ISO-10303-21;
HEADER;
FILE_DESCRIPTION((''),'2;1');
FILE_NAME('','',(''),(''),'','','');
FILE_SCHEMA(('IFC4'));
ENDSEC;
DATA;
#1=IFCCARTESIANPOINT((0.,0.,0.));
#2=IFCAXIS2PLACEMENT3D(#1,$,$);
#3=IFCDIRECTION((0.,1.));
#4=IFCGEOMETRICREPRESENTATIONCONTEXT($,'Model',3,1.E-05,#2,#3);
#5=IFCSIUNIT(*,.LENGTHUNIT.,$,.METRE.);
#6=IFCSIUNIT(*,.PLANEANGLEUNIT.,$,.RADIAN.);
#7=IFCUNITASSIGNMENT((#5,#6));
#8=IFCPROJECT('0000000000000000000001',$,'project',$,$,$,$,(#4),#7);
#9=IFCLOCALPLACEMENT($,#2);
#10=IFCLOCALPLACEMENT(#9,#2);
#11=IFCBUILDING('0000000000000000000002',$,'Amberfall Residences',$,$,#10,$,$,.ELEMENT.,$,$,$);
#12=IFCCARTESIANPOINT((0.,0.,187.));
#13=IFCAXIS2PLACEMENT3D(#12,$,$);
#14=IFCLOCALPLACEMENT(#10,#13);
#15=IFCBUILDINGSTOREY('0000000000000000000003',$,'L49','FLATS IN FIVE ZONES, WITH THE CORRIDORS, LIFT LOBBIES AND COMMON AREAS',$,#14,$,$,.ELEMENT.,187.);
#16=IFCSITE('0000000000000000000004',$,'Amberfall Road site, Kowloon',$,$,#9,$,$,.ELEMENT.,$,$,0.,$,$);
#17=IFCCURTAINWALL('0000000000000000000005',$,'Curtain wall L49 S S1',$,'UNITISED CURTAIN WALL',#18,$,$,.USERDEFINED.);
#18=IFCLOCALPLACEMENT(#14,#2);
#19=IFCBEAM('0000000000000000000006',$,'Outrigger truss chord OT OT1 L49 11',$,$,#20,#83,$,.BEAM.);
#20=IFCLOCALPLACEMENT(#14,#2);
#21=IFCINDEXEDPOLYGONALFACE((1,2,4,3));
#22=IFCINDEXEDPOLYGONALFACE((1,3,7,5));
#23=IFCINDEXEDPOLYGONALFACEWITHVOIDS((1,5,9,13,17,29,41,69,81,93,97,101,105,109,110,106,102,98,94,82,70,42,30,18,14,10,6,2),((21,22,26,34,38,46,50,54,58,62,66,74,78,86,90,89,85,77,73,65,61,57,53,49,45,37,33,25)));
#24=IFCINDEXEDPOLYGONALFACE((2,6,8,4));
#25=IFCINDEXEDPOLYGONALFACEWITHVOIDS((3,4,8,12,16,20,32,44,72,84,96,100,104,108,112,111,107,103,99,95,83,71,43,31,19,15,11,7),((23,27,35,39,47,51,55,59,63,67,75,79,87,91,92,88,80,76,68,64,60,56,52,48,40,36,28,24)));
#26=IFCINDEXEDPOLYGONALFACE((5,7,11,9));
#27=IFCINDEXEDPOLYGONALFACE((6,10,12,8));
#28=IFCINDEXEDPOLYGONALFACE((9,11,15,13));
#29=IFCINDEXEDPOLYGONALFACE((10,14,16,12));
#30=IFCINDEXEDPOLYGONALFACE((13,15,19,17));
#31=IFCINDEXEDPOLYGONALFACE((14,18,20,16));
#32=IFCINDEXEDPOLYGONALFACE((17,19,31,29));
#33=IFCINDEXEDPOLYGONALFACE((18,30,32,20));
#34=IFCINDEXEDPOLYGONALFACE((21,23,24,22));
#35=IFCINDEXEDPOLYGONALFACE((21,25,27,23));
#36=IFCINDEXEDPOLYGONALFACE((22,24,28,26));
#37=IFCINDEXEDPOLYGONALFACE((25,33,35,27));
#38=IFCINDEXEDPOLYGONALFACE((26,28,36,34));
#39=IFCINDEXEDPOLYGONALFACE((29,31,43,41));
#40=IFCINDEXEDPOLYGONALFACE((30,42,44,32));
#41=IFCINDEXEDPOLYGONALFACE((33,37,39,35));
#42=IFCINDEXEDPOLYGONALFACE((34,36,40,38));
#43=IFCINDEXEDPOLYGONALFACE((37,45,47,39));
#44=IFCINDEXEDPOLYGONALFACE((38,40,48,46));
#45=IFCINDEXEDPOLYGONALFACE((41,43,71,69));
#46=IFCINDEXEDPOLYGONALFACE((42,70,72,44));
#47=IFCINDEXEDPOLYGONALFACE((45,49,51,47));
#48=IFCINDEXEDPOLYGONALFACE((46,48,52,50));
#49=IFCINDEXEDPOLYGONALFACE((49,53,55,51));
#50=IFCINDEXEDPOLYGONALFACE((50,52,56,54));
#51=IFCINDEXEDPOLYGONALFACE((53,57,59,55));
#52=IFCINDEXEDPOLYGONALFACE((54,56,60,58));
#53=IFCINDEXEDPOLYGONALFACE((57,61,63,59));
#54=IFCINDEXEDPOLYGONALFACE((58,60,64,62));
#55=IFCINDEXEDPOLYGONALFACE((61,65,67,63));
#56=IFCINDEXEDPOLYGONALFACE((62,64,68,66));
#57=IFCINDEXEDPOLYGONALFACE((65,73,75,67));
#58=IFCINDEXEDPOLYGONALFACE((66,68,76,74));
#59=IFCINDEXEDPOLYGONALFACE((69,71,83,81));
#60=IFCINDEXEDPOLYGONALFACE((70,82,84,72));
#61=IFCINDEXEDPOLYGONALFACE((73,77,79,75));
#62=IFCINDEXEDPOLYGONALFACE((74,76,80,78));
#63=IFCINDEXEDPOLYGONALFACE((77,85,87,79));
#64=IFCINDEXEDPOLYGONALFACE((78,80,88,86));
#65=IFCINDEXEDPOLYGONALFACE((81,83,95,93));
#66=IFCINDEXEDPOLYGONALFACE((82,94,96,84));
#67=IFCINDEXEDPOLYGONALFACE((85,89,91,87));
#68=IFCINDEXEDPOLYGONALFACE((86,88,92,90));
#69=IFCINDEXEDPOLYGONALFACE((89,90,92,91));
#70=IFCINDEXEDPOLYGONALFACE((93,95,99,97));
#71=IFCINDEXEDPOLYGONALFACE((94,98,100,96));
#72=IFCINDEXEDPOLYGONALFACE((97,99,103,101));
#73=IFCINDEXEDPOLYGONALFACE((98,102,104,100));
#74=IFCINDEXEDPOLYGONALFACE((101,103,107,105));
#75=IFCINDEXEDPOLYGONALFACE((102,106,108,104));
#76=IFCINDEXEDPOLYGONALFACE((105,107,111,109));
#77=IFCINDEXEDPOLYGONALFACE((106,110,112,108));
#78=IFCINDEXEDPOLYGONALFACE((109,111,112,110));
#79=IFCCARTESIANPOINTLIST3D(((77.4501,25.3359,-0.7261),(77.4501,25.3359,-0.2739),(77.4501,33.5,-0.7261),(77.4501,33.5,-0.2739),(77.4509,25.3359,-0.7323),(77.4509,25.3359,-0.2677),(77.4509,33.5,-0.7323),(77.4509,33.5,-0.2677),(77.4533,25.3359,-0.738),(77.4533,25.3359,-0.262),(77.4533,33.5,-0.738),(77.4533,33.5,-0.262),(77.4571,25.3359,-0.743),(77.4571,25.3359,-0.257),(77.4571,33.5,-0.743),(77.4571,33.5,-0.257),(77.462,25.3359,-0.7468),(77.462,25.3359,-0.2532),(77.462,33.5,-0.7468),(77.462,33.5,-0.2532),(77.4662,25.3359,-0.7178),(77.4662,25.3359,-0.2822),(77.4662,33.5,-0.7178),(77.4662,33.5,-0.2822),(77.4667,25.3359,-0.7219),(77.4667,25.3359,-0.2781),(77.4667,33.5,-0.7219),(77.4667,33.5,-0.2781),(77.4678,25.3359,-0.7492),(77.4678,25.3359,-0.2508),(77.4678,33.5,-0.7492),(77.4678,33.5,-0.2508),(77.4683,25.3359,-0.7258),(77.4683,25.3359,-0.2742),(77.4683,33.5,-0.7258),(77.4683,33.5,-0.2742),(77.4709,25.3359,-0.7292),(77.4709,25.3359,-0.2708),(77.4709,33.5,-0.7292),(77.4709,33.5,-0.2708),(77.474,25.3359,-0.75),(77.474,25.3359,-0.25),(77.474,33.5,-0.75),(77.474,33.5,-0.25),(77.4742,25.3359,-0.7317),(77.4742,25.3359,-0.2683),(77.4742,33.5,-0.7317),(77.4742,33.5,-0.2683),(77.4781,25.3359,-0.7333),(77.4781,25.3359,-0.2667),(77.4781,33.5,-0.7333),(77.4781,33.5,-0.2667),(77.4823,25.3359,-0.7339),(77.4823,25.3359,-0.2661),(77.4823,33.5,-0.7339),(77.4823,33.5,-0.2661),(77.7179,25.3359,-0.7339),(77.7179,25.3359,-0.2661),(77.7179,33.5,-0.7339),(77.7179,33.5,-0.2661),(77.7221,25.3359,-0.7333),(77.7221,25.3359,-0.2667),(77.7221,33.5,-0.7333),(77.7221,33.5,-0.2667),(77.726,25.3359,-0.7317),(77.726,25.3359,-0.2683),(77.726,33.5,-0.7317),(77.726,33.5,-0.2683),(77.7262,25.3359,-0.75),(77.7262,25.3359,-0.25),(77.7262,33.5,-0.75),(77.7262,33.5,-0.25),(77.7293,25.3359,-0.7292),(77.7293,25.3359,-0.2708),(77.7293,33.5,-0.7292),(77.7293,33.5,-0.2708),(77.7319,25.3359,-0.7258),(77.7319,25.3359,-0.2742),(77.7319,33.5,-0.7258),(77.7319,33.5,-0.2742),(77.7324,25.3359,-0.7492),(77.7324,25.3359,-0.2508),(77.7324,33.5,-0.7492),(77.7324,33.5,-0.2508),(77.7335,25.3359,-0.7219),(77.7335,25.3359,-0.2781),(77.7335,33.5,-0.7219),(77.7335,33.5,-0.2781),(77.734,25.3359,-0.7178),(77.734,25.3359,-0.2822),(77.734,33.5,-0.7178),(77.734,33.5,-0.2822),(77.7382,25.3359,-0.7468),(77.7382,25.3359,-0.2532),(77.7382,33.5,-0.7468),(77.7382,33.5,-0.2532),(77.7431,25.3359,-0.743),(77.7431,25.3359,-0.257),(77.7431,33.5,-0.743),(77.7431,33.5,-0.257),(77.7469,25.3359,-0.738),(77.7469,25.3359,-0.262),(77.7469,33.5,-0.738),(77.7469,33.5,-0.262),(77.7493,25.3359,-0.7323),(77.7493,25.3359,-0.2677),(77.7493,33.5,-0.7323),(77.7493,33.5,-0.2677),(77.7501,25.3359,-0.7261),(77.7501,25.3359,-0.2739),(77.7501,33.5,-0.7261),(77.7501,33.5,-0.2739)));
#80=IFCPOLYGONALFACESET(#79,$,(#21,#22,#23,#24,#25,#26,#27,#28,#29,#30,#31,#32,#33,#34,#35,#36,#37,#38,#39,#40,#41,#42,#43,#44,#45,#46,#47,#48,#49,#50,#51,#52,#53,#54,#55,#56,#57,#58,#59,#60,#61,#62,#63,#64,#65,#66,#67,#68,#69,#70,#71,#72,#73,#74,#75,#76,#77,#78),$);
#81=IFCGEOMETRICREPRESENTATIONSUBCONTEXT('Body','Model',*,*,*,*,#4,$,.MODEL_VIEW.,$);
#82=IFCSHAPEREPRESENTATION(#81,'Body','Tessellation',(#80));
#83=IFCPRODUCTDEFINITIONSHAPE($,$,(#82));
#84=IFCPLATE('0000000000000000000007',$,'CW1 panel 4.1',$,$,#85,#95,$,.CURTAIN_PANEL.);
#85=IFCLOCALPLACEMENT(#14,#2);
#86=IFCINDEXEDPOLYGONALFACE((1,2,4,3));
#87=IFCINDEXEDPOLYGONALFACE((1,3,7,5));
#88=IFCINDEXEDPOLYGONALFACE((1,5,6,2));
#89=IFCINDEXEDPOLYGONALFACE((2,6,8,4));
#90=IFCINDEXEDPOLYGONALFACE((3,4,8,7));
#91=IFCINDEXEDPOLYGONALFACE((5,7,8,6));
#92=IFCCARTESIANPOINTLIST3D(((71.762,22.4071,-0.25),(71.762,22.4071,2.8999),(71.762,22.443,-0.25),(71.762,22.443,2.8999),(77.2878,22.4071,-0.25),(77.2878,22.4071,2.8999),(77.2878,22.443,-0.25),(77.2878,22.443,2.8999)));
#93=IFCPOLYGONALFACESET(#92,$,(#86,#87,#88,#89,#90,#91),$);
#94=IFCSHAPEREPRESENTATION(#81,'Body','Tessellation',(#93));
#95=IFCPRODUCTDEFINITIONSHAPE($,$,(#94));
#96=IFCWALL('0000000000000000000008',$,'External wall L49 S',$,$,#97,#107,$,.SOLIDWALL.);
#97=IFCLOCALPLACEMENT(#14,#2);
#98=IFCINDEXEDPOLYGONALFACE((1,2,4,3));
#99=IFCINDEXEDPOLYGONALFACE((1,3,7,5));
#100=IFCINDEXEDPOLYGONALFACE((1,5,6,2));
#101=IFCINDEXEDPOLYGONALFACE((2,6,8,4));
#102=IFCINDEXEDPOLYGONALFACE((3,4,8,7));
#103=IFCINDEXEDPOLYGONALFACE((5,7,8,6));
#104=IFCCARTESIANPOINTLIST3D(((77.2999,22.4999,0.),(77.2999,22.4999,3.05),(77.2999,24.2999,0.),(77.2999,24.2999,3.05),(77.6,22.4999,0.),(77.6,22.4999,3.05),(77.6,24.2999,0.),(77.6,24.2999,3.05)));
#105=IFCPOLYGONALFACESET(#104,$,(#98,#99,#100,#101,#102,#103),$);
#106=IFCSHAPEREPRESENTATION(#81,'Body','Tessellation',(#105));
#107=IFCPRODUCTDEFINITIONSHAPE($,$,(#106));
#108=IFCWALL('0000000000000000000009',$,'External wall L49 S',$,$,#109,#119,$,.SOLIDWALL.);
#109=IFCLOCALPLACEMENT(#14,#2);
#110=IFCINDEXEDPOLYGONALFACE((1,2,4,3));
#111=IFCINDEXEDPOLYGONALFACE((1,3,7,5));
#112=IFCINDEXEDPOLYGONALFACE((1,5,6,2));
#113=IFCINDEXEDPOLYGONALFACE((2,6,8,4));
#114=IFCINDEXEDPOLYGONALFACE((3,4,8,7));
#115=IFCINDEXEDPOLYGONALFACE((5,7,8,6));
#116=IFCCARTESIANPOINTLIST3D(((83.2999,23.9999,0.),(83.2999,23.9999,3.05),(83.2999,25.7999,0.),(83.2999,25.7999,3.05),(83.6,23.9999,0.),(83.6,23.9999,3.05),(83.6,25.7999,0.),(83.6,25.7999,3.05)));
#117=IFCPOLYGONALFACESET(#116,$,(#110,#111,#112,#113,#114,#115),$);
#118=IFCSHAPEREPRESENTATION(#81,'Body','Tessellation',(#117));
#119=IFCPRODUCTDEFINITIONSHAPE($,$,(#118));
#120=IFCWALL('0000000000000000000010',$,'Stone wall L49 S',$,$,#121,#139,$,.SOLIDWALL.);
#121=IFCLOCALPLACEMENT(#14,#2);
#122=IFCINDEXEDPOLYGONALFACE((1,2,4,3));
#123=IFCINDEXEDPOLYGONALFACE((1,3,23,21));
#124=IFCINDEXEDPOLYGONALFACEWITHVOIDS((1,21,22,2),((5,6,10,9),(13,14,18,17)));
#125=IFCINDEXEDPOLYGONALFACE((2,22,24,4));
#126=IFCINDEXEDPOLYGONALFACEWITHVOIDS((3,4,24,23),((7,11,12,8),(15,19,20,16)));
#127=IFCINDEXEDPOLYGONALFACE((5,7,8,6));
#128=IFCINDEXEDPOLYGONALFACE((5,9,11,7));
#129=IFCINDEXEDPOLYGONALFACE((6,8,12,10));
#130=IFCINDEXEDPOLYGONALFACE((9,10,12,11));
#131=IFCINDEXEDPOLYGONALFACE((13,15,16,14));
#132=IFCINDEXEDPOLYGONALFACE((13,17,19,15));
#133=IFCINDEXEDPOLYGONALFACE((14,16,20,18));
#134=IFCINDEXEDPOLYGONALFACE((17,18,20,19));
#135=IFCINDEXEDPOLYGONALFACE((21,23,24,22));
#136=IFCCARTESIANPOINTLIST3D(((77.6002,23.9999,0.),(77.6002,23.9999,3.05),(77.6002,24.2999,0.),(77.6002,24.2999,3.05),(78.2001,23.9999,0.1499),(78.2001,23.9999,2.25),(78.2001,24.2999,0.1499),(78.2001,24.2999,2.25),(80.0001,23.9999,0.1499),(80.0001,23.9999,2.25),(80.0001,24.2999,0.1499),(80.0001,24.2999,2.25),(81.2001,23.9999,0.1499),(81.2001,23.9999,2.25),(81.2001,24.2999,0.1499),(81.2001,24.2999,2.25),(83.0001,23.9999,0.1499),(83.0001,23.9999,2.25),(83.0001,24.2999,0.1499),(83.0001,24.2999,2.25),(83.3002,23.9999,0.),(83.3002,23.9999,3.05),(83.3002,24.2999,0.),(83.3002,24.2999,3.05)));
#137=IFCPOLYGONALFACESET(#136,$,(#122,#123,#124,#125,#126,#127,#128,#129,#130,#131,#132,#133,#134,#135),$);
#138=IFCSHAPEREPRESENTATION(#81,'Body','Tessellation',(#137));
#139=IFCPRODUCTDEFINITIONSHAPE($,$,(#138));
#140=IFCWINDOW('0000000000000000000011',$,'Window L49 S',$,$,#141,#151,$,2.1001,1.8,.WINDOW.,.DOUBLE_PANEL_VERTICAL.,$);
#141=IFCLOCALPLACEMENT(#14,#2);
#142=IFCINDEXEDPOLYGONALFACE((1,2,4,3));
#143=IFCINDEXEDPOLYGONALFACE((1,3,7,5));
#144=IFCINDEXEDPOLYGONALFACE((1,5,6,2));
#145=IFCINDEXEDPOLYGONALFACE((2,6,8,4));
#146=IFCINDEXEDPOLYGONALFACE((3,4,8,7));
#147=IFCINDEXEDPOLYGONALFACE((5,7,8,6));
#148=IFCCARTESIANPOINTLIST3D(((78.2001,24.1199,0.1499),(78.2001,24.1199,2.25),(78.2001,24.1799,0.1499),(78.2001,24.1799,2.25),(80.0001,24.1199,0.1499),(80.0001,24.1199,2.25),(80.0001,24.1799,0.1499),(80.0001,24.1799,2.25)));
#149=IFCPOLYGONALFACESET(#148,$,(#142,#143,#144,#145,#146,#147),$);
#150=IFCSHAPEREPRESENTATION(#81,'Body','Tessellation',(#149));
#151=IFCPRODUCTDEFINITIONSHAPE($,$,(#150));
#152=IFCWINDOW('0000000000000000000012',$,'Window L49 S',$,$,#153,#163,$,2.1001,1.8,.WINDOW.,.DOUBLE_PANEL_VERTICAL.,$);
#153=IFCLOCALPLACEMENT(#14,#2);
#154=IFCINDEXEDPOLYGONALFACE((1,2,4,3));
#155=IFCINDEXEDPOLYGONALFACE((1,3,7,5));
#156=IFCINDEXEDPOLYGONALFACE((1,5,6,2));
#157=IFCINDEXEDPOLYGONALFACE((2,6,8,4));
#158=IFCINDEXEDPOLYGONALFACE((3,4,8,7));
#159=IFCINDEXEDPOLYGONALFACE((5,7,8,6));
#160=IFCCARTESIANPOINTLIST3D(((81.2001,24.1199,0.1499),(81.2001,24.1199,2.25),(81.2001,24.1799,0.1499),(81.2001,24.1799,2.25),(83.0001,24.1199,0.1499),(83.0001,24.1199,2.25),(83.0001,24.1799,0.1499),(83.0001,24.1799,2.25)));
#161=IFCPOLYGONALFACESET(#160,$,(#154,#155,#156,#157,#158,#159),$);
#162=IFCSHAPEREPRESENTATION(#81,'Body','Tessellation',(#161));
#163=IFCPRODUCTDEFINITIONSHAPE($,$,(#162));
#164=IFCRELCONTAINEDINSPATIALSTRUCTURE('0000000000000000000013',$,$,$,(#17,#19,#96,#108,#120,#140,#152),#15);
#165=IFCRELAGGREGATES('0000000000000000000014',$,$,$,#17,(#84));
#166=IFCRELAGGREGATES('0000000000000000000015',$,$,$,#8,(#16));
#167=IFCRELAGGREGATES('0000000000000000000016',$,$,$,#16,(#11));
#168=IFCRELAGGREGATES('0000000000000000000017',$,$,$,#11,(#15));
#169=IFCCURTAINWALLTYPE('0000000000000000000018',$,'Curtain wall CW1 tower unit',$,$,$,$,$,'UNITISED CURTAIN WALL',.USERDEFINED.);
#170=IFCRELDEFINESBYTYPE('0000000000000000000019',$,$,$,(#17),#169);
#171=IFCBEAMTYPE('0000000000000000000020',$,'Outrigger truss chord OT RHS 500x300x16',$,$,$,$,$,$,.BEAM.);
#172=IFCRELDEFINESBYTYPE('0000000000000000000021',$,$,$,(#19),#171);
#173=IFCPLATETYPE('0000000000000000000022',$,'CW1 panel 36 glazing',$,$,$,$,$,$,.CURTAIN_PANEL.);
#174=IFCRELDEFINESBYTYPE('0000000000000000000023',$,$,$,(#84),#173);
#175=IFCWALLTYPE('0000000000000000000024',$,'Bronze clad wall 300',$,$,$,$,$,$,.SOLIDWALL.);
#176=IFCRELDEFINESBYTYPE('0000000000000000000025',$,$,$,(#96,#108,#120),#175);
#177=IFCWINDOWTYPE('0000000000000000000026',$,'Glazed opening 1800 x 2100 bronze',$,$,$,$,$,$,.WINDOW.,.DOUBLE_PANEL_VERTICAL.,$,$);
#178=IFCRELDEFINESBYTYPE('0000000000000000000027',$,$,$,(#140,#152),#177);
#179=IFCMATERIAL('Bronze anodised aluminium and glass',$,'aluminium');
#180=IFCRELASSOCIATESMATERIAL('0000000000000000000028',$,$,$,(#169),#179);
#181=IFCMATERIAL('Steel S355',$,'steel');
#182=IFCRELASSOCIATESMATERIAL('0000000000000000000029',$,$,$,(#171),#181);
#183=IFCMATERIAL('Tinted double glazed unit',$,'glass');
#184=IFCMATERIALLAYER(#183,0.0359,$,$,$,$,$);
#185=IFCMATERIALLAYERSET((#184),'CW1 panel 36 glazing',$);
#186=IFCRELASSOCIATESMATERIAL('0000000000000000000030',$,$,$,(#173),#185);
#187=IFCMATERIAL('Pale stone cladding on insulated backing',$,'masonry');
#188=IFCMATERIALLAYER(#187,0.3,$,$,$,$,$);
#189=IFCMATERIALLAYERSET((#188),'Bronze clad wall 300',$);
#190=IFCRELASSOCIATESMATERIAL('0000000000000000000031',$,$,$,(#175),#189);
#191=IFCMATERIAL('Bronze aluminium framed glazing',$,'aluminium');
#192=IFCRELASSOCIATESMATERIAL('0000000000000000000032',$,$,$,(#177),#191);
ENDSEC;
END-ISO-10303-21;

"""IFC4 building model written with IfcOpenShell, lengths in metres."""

from ifc_helpers import new_model, si_unit, direction, frame, frame_2d, origin, origin_2d, place, context, subcontext, project, spatial, rectangle, hollow_rectangle, extrude, material, layer, layer_set, material_profile, profile_set, type_object, element, fill, aggregate, save


model = new_model("IFC4")

# Units and contexts
model_context = context("Model", 3, precision=1e-05, world=origin(), true_north=direction((0.0, 1.0)))
body_context = subcontext(model_context, "Body", "Model", "MODEL_VIEW")
ifc_project = project(units=[si_unit("LENGTHUNIT", "METRE"), si_unit("PLANEANGLEUNIT", "RADIAN")], contexts=[model_context])

# Site, building, storey
site_placement = place(None, origin())
site = spatial("IfcSite", under=ifc_project, at=site_placement, Name="Amberfall Road site, Kowloon", CompositionType="ELEMENT", RefElevation=0.0)
building_placement = place(site_placement, origin())
building = spatial("IfcBuilding", under=site, at=building_placement, Name="Amberfall Residences", CompositionType="ELEMENT")
storey_placement = place(building_placement, frame((0.0, 0.0, 187.0)))
storey = spatial("IfcBuildingStorey", under=building, at=storey_placement, Name="L49", Description="FLATS IN FIVE ZONES, WITH THE CORRIDORS, LIFT LOBBIES AND COMMON AREAS", CompositionType="ELEMENT", Elevation=187.0)

# Shared definitions
ifc_material_1 = material(Name="Steel S355", Category="steel")

# Curtain wall
ifc_material_2 = material(Name="Bronze anodised aluminium and glass", Category="aluminium")
curtain_wall_type = type_object("IfcCurtainWallType", Name="Curtain wall CW1 tower unit", ElementType="UNITISED CURTAIN WALL", PredefinedType="USERDEFINED", material=ifc_material_2)
curtain_wall_placement = place(storey_placement, origin())
curtain_wall = element("IfcCurtainWall", 1, at=curtain_wall_placement, inside=storey, type_object=curtain_wall_type, Name="Curtain wall L49 S S1", ObjectType="UNITISED CURTAIN WALL", PredefinedType="USERDEFINED")

# Beam
ifc_material_profile_1 = material_profile(ifc_material_1, hollow_rectangle(XDim=0.3, YDim=0.5, WallThickness=0.0161, InnerFilletRadius=0.0161, OuterFilletRadius=0.0239, at=origin_2d()), Name="RHS 500x300x16")
ifc_profile_set_1 = profile_set([ifc_material_profile_1], Name="Steel S355")
beam_type_1 = type_object("IfcBeamType", Name="Outrigger truss chord OT RHS 500x300x16", PredefinedType="BEAM", material=ifc_profile_set_1)
beam_1_placement = place(storey_placement, frame((77.6001, 25.3359, -0.5), z_axis=(0.0, 1.0, 0.0), x_axis=(-1.0, 0.0, 0.0)))
element("IfcBeam", 2, at=beam_1_placement, inside=storey, type_object=beam_type_1, Name="Outrigger truss chord OT OT1 L49 11", PredefinedType="BEAM", context=body_context, shape_type="SweptSolid", body=[
    extrude(hollow_rectangle(XDim=0.3, YDim=0.5, WallThickness=0.0161, InnerFilletRadius=0.0161, OuterFilletRadius=0.0239, at=origin_2d()), origin(), (0.0, 0.0, 1.0), 8.1641),
])

# Plate
ifc_material_3 = material(Name="Tinted double glazed unit", Category="glass")
ifc_layer_1 = layer(ifc_material_3, 0.0359)
ifc_layer_set_1 = layer_set([ifc_layer_1], Name="CW1 panel 36 glazing")
plate_type = type_object("IfcPlateType", Name="CW1 panel 36 glazing", PredefinedType="CURTAIN_PANEL", material=ifc_layer_set_1)
plate_placement = place(storey_placement, frame((74.5249, 22.425, -0.25), z_axis=(0.0, 0.0, 1.0), x_axis=(1.0, 0.0, 0.0)))
plate = element("IfcPlate", 3, at=plate_placement, type_object=plate_type, Name="CW1 panel 4.1", PredefinedType="CURTAIN_PANEL", context=body_context, shape_type="SweptSolid", body=[
    extrude(rectangle(XDim=5.5259, YDim=0.0359, at=origin_2d()), origin(), (0.0, 0.0, 1.0), 3.1499),
])
aggregate(curtain_wall, [plate])

# Walls
ifc_material_4 = material(Name="Pale stone cladding on insulated backing", Category="masonry")
ifc_layer_2 = layer(ifc_material_4, 0.3)
ifc_layer_set_2 = layer_set([ifc_layer_2], Name="Bronze clad wall 300")
wall_type_1 = type_object("IfcWallType", Name="Bronze clad wall 300", PredefinedType="SOLIDWALL", material=ifc_layer_set_2)
for number, where, z_axis, x_axis, name in (
    (4, (77.45, 22.5, 0.0), (0.0, 0.0, 1.0), (0.0, 1.0, 0.0), "External wall L49 S"),
    (5, (83.45, 24.0, 0.0), (0.0, 0.0, 1.0), (0.0, 1.0, 0.0), "External wall L49 S"),
):
    element("IfcWall", number, at=place(storey_placement, frame(where, z_axis=z_axis, x_axis=x_axis)), inside=storey, type_object=wall_type_1, Name=name, PredefinedType="SOLIDWALL", context=body_context, shape_type="SweptSolid", body=[
        extrude(rectangle(XDim=1.8, YDim=0.3, at=frame_2d((0.8999, 0.0))), origin(), (0.0, 0.0, 1.0), 3.05),
    ])

# Wall, openings, windows
wall_1_placement = place(storey_placement, frame((77.6001, 24.1499, 0.0), z_axis=(0.0, 0.0, 1.0), x_axis=(1.0, 0.0, 0.0)))
wall_1 = element("IfcWall", 6, at=wall_1_placement, inside=storey, type_object=wall_type_1, Name="Stone wall L49 S", PredefinedType="SOLIDWALL", context=body_context, shape_type="SweptSolid", body=[
    extrude(rectangle(XDim=5.7, YDim=0.3, at=frame_2d((2.8501, 0.0))), origin(), (0.0, 0.0, 1.0), 3.05),
])
opening_1_placement = place(wall_1_placement, frame((0.6001, 0.0, 0.1499)))
opening_1 = element("IfcOpeningElement", 7, at=opening_1_placement, cuts=wall_1, PredefinedType="OPENING", context=body_context, shape_type="SweptSolid", body=[
    extrude(rectangle(XDim=1.8, YDim=2.1001, at=frame_2d((0.8999, 1.05))), frame((0.0, 0.1599, 0.0), z_axis=(0.0, -1.0, 0.0), x_axis=(1.0, 0.0, 0.0)), (0.0, 0.0, 1.0), 0.3201),
])
opening_2_placement = place(wall_1_placement, frame((3.6001, 0.0, 0.1499)))
opening_2 = element("IfcOpeningElement", 8, at=opening_2_placement, cuts=wall_1, PredefinedType="OPENING", context=body_context, shape_type="SweptSolid", body=[
    extrude(rectangle(XDim=1.8, YDim=2.1001, at=frame_2d((0.8999, 1.05))), frame((0.0, 0.1599, 0.0), z_axis=(0.0, -1.0, 0.0), x_axis=(1.0, 0.0, 0.0)), (0.0, 0.0, 1.0), 0.3201),
])
ifc_material_5 = material(Name="Bronze aluminium framed glazing", Category="aluminium")
window_type = type_object("IfcWindowType", Name="Glazed opening 1800 x 2100 bronze", PartitioningType="DOUBLE_PANEL_VERTICAL", PredefinedType="WINDOW", material=ifc_material_5)
window_1_placement = place(opening_1_placement, origin())
window_1 = element("IfcWindow", 9, at=window_1_placement, inside=storey, type_object=window_type, Name="Window L49 S", OverallHeight=2.1001, OverallWidth=1.8, PartitioningType="DOUBLE_PANEL_VERTICAL", PredefinedType="WINDOW", context=body_context, shape_type="SweptSolid", body=[
    extrude(rectangle(XDim=1.8, YDim=2.1001, at=frame_2d((0.8999, 1.05))), frame((0.0, 0.03, 0.0), z_axis=(0.0, -1.0, 0.0), x_axis=(1.0, 0.0, 0.0)), (0.0, 0.0, 1.0), 0.0601),
])
fill(opening_1, window_1)
window_2_placement = place(opening_2_placement, origin())
window_2 = element("IfcWindow", 10, at=window_2_placement, inside=storey, type_object=window_type, Name="Window L49 S", OverallHeight=2.1001, OverallWidth=1.8, PartitioningType="DOUBLE_PANEL_VERTICAL", PredefinedType="WINDOW", context=body_context, shape_type="SweptSolid", body=[
    extrude(rectangle(XDim=1.8, YDim=2.1001, at=frame_2d((0.8999, 1.05))), frame((0.0, 0.03, 0.0), z_axis=(0.0, -1.0, 0.0), x_axis=(1.0, 0.0, 0.0)), (0.0, 0.0, 1.0), 0.0601),
])
fill(opening_2, window_2)

save(model, "model.ifc")
